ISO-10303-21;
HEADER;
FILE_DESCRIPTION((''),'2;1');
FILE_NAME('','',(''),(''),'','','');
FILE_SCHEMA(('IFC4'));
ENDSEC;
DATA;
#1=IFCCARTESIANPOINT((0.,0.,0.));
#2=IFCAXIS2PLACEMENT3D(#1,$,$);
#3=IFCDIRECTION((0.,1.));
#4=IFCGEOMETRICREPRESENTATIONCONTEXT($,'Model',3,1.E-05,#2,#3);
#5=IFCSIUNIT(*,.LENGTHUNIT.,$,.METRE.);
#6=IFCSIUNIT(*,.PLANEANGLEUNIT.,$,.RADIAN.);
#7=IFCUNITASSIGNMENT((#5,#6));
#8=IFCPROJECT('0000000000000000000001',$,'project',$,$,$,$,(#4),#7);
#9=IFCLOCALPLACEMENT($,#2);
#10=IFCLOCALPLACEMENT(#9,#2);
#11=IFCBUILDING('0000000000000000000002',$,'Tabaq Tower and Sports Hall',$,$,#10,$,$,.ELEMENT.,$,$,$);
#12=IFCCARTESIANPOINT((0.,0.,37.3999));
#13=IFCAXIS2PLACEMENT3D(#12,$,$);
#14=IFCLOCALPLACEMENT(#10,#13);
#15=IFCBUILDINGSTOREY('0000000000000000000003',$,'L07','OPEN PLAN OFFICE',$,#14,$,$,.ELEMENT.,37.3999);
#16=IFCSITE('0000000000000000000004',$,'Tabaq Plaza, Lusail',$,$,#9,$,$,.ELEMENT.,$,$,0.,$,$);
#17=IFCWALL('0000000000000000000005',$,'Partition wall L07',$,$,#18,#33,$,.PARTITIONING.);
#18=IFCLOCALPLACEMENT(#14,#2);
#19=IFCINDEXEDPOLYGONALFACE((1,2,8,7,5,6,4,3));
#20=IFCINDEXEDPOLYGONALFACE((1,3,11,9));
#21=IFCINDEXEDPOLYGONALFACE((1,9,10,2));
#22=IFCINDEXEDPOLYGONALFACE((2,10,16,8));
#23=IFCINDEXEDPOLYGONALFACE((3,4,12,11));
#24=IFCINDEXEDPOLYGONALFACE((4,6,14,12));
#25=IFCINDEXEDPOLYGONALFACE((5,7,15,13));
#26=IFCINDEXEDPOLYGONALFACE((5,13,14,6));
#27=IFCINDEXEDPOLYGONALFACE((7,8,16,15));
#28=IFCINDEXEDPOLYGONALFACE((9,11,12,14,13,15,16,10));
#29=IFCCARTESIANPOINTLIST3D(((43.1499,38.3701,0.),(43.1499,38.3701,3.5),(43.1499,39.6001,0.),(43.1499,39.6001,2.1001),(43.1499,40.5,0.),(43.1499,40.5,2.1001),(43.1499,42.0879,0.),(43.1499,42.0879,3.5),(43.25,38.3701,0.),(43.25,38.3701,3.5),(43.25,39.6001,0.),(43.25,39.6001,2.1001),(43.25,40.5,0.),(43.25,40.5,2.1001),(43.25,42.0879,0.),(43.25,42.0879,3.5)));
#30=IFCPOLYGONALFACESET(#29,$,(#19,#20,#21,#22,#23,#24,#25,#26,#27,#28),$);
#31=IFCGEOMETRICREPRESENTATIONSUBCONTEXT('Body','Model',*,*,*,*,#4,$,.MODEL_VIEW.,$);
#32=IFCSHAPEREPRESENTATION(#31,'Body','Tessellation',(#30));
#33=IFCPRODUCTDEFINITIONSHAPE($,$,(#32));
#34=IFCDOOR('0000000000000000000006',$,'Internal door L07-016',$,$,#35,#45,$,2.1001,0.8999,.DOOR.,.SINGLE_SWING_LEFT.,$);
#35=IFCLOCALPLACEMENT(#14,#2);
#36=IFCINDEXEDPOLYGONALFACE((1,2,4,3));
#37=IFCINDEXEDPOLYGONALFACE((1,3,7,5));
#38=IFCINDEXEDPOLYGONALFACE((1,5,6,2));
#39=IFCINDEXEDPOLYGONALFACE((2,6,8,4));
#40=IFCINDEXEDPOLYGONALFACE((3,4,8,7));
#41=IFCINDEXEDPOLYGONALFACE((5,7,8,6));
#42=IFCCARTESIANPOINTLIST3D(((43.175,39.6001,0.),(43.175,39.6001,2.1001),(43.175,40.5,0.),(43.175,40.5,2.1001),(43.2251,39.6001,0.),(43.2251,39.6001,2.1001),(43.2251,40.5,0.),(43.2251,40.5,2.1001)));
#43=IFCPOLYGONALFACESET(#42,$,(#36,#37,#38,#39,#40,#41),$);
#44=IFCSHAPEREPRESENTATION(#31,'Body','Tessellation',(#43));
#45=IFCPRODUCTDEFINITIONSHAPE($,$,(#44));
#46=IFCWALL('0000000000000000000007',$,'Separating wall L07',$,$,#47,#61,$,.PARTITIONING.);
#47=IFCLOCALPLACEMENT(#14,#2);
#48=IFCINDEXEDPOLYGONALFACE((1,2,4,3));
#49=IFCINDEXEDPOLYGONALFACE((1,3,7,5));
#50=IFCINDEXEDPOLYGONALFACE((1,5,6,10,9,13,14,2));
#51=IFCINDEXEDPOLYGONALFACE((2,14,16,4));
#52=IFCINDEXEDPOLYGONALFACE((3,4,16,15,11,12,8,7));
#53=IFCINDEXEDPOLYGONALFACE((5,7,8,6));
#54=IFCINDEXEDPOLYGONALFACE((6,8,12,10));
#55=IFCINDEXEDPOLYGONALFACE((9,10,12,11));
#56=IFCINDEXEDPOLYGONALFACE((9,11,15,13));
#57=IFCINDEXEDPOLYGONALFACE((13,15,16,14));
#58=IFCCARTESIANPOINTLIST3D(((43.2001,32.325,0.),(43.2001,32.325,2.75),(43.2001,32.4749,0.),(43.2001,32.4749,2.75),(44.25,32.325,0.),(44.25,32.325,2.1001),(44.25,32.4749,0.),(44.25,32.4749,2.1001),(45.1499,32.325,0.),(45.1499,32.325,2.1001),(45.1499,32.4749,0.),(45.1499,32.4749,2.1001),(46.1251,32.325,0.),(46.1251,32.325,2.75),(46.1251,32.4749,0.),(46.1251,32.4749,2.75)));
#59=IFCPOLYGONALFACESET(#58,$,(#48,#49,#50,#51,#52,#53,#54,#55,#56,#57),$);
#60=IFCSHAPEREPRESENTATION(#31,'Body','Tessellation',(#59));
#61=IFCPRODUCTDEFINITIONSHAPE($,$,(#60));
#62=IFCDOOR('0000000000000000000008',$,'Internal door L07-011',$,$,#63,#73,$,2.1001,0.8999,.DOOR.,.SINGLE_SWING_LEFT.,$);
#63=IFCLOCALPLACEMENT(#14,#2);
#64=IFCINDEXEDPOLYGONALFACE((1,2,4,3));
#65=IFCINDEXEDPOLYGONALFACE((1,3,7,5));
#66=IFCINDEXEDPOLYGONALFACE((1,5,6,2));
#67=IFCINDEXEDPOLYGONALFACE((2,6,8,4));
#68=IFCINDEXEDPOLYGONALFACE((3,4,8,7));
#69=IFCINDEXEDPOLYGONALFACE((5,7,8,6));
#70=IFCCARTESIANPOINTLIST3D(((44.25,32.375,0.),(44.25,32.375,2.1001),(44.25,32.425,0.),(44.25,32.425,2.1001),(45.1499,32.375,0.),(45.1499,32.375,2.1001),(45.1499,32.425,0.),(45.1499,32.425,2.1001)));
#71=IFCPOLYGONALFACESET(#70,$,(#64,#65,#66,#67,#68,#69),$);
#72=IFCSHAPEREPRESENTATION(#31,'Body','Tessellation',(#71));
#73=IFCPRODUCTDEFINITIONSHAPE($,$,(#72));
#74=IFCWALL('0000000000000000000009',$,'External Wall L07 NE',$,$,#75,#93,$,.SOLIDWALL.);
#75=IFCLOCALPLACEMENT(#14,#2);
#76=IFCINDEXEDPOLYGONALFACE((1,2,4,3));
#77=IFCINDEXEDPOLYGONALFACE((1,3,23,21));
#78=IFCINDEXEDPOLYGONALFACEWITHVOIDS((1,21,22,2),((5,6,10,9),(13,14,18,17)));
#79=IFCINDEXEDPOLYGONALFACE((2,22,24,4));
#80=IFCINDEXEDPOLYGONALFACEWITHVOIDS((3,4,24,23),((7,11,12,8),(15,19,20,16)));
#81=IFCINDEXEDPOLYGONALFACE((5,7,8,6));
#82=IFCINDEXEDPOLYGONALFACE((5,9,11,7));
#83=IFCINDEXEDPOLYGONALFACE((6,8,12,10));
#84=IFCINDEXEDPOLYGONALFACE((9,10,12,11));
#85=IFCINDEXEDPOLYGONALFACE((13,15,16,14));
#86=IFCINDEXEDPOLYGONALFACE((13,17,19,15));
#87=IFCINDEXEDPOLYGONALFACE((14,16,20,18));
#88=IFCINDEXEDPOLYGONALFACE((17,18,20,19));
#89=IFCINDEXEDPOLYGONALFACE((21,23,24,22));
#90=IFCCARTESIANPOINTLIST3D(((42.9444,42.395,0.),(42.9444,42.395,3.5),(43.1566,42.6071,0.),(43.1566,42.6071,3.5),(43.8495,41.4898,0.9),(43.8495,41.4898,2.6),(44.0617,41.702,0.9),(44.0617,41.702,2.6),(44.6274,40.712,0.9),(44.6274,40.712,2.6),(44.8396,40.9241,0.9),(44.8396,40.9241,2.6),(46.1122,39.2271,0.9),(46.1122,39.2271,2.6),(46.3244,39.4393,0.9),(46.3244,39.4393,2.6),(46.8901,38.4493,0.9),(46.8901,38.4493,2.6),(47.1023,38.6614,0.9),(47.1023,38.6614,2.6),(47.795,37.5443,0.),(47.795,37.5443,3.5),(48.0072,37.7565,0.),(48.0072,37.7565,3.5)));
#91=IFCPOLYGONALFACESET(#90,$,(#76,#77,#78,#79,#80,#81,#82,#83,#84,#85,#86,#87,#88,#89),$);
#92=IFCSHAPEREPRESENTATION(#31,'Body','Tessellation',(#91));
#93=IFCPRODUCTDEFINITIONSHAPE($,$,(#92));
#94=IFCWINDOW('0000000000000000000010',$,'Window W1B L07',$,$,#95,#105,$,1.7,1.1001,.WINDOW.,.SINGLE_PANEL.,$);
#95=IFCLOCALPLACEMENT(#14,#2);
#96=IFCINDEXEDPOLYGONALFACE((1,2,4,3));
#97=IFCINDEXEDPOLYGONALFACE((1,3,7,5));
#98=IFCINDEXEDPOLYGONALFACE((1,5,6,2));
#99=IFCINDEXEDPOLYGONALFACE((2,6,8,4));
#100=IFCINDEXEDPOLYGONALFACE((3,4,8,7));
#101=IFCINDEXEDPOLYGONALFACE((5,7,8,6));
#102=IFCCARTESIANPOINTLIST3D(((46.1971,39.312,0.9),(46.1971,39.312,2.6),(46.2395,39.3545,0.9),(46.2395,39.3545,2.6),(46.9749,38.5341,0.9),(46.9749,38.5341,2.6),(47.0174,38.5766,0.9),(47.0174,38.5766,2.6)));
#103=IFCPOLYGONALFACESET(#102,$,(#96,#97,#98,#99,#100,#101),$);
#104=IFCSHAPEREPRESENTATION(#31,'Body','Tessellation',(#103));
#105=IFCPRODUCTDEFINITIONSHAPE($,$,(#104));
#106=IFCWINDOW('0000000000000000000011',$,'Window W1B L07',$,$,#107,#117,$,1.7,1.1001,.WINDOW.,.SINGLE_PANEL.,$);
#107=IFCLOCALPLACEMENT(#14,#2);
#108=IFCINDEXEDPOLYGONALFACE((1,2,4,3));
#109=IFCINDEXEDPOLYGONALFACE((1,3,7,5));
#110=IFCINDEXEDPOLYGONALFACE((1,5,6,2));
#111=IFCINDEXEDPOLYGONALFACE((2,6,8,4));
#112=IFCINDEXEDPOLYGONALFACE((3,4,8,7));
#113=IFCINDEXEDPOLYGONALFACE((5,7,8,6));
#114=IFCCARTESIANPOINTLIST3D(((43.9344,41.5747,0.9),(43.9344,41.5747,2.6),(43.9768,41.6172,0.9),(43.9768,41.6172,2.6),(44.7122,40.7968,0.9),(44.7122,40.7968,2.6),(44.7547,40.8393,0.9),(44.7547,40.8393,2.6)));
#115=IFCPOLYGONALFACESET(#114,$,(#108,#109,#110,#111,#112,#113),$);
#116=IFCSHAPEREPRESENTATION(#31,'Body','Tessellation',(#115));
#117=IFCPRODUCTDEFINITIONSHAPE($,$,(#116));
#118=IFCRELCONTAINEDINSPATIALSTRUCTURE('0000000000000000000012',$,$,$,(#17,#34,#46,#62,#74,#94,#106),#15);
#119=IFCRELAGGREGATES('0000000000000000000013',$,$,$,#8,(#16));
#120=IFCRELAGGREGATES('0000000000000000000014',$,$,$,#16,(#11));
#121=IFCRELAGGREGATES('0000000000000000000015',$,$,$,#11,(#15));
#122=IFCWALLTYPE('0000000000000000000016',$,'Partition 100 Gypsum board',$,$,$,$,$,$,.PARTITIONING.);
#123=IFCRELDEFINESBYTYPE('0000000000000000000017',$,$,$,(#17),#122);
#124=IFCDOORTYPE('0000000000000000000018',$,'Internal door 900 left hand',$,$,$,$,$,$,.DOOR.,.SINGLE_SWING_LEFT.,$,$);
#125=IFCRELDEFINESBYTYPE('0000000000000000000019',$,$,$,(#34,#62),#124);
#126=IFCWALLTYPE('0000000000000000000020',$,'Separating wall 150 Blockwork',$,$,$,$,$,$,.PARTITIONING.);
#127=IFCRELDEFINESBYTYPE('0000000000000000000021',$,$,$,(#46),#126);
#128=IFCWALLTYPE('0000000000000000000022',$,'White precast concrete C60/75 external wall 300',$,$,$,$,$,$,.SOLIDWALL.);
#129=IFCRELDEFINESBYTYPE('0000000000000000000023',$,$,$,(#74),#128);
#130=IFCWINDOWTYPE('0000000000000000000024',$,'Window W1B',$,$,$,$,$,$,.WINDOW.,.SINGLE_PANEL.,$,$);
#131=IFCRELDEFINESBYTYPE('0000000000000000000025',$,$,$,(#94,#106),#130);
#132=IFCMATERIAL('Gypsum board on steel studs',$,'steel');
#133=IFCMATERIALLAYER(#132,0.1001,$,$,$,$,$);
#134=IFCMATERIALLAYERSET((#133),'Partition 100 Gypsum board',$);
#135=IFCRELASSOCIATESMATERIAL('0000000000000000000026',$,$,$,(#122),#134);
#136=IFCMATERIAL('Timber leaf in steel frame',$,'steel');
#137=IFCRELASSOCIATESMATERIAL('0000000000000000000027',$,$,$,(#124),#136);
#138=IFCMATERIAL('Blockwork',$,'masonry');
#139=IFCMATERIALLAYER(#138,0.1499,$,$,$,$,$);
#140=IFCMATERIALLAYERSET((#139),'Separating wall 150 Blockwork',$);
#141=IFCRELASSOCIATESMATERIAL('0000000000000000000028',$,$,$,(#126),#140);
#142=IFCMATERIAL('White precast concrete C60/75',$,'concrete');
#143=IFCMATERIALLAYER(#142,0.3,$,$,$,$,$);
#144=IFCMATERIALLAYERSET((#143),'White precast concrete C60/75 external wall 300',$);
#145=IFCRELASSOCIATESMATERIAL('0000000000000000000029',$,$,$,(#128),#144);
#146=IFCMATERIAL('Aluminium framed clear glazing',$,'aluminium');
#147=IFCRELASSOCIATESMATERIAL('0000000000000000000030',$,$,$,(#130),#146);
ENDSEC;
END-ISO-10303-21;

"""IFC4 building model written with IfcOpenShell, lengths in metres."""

from ifc_helpers import new_model, si_unit, direction, frame, frame_2d, origin, place, context, subcontext, project, spatial, rectangle, extrude, material, layer, layer_set, type_object, element, fill, save


model = new_model("IFC4")

# Units and contexts
model_context = context("Model", 3, precision=1e-05, world=origin(), true_north=direction((0.0, 1.0)))
body_context = subcontext(model_context, "Body", "Model", "MODEL_VIEW")
ifc_project = project(units=[si_unit("LENGTHUNIT", "METRE"), si_unit("PLANEANGLEUNIT", "RADIAN")], contexts=[model_context])

# Site, building, storey
site_placement = place(None, origin())
site = spatial("IfcSite", under=ifc_project, at=site_placement, Name="Tabaq Plaza, Lusail", CompositionType="ELEMENT", RefElevation=0.0)
building_placement = place(site_placement, origin())
building = spatial("IfcBuilding", under=site, at=building_placement, Name="Tabaq Tower and Sports Hall", CompositionType="ELEMENT")
storey_placement = place(building_placement, frame((0.0, 0.0, 37.3999)))
storey = spatial("IfcBuildingStorey", under=building, at=storey_placement, Name="L07", Description="OPEN PLAN OFFICE", CompositionType="ELEMENT", Elevation=37.3999)

# Shared definitions
ifc_material_1 = material(Name="Gypsum board on steel studs", Category="steel")
ifc_layer_1 = layer(ifc_material_1, 0.1001)
ifc_layer_set_1 = layer_set([ifc_layer_1], Name="Partition 100 Gypsum board")
wall_type_1 = type_object("IfcWallType", Name="Partition 100 Gypsum board", PredefinedType="PARTITIONING", material=ifc_layer_set_1)

# Walls, openings, doors
wall_1_placement = place(storey_placement, frame((43.2, 38.3701, 0.0), z_axis=(0.0, 0.0, 1.0), x_axis=(0.0, 1.0, 0.0)))
wall_1 = element("IfcWall", 1, at=wall_1_placement, inside=storey, type_object=wall_type_1, Name="Partition wall L07", PredefinedType="PARTITIONING", context=body_context, shape_type="SweptSolid", body=[
    extrude(rectangle(XDim=3.7178, YDim=0.1001, at=frame_2d((1.8589, 0.0))), origin(), (0.0, 0.0, 1.0), 3.5),
])
opening_1_placement = place(wall_1_placement, frame((1.23, 0.0, 0.0)))
opening_1 = element("IfcOpeningElement", 2, at=opening_1_placement, cuts=wall_1, PredefinedType="OPENING", context=body_context, shape_type="SweptSolid", body=[
    extrude(rectangle(XDim=0.8999, YDim=2.1001, at=frame_2d((0.45, 1.05))), frame((0.0, 0.05, 0.0), z_axis=(0.0, -1.0, 0.0), x_axis=(1.0, 0.0, 0.0)), (0.0, 0.0, 1.0), 0.1001),
])
ifc_material_2 = material(Name="Timber leaf in steel frame", Category="steel")
door_type_1 = type_object("IfcDoorType", Name="Internal door 900 left hand", OperationType="SINGLE_SWING_LEFT", PredefinedType="DOOR", material=ifc_material_2)
door_1_placement = place(opening_1_placement, origin())
door_1 = element("IfcDoor", 3, at=door_1_placement, inside=storey, type_object=door_type_1, Name="Internal door L07-016", OperationType="SINGLE_SWING_LEFT", OverallHeight=2.1001, OverallWidth=0.8999, PredefinedType="DOOR", context=body_context, shape_type="SweptSolid", body=[
    extrude(rectangle(XDim=0.8999, YDim=2.1001, at=frame_2d((0.45, 1.05))), frame((0.0, 0.0249, 0.0), z_axis=(0.0, -1.0, 0.0), x_axis=(1.0, 0.0, 0.0)), (0.0, 0.0, 1.0), 0.05),
])
fill(opening_1, door_1)
ifc_material_3 = material(Name="Blockwork", Category="masonry")
ifc_layer_2 = layer(ifc_material_3, 0.1499)
ifc_layer_set_2 = layer_set([ifc_layer_2], Name="Separating wall 150 Blockwork")
wall_type_2 = type_object("IfcWallType", Name="Separating wall 150 Blockwork", PredefinedType="PARTITIONING", material=ifc_layer_set_2)
wall_2_placement = place(storey_placement, frame((46.125, 32.3999, 0.0), z_axis=(0.0, 0.0, 1.0), x_axis=(-1.0, 0.0, 0.0)))
wall_2 = element("IfcWall", 4, at=wall_2_placement, inside=storey, type_object=wall_type_2, Name="Separating wall L07", PredefinedType="PARTITIONING", context=body_context, shape_type="SweptSolid", body=[
    extrude(rectangle(XDim=2.925, YDim=0.1499, at=frame_2d((1.4624, 0.0))), origin(), (0.0, 0.0, 1.0), 2.75),
])
opening_2_placement = place(wall_2_placement, frame((0.9751, 0.0, 0.0)))
opening_2 = element("IfcOpeningElement", 5, at=opening_2_placement, cuts=wall_2, PredefinedType="OPENING", context=body_context, shape_type="SweptSolid", body=[
    extrude(rectangle(XDim=0.8999, YDim=2.1001, at=frame_2d((0.45, 1.05))), frame((0.0, 0.075, 0.0), z_axis=(0.0, -1.0, 0.0), x_axis=(1.0, 0.0, 0.0)), (0.0, 0.0, 1.0), 0.1499),
])
door_2_placement = place(opening_2_placement, origin())
door_2 = element("IfcDoor", 6, at=door_2_placement, inside=storey, type_object=door_type_1, Name="Internal door L07-011", OperationType="SINGLE_SWING_LEFT", OverallHeight=2.1001, OverallWidth=0.8999, PredefinedType="DOOR", context=body_context, shape_type="SweptSolid", body=[
    extrude(rectangle(XDim=0.8999, YDim=2.1001, at=frame_2d((0.45, 1.05))), frame((0.0, 0.0249, 0.0), z_axis=(0.0, -1.0, 0.0), x_axis=(1.0, 0.0, 0.0)), (0.0, 0.0, 1.0), 0.05),
])
fill(opening_2, door_2)

# Wall, openings, windows
ifc_material_4 = material(Name="White precast concrete C60/75", Category="concrete")
ifc_layer_3 = layer(ifc_material_4, 0.3)
ifc_layer_set_3 = layer_set([ifc_layer_3], Name="White precast concrete C60/75 external wall 300")
wall_type_3 = type_object("IfcWallType", Name="White precast concrete C60/75 external wall 300", PredefinedType="SOLIDWALL", material=ifc_layer_set_3)
wall_3_placement = place(storey_placement, frame((47.9011, 37.6504, 0.0), z_axis=(0.0, 0.0, 1.0), x_axis=(-0.707107, 0.707107, 0.0)))
wall_3 = element("IfcWall", 7, at=wall_3_placement, inside=storey, type_object=wall_type_3, Name="External Wall L07 NE", PredefinedType="SOLIDWALL", context=body_context, shape_type="SweptSolid", body=[
    extrude(rectangle(XDim=6.8599, YDim=0.3, at=frame_2d((3.4299, 0.0))), origin(), (0.0, 0.0, 1.0), 3.5),
])
opening_3_placement = place(wall_3_placement, frame((1.2798, 0.0, 0.8999)))
opening_3 = element("IfcOpeningElement", 8, at=opening_3_placement, cuts=wall_3, PredefinedType="OPENING", context=body_context, shape_type="SweptSolid", body=[
    extrude(rectangle(XDim=1.1001, YDim=1.7, at=frame_2d((0.55, 0.8501))), frame((0.0, 0.1602, 0.0), z_axis=(0.0, -1.0, 0.0), x_axis=(1.0, 0.0, 0.0)), (0.0, 0.0, 1.0), 0.3201),
])
opening_4_placement = place(wall_3_placement, frame((4.4797, 0.0, 0.8999)))
opening_4 = element("IfcOpeningElement", 9, at=opening_4_placement, cuts=wall_3, PredefinedType="OPENING", context=body_context, shape_type="SweptSolid", body=[
    extrude(rectangle(XDim=1.1001, YDim=1.7, at=frame_2d((0.55, 0.8501))), frame((0.0, 0.1602, 0.0), z_axis=(0.0, -1.0, 0.0), x_axis=(1.0, 0.0, 0.0)), (0.0, 0.0, 1.0), 0.3201),
])
ifc_material_5 = material(Name="Aluminium framed clear glazing", Category="aluminium")
window_type_1 = type_object("IfcWindowType", Name="Window W1B", PartitioningType="SINGLE_PANEL", PredefinedType="WINDOW", material=ifc_material_5)
window_1_placement = place(opening_3_placement, origin())
window_1 = element("IfcWindow", 10, at=window_1_placement, inside=storey, type_object=window_type_1, Name="Window W1B L07", OverallHeight=1.7, OverallWidth=1.1001, PartitioningType="SINGLE_PANEL", PredefinedType="WINDOW", context=body_context, shape_type="SweptSolid", body=[
    extrude(rectangle(XDim=1.1001, YDim=1.7, at=frame_2d((0.55, 0.8501))), frame((0.0, 0.03, 0.0), z_axis=(0.0, -1.0, 0.0), x_axis=(1.0, 0.0, 0.0)), (0.0, 0.0, 1.0), 0.0601),
])
fill(opening_3, window_1)
window_2_placement = place(opening_4_placement, origin())
window_2 = element("IfcWindow", 11, at=window_2_placement, inside=storey, type_object=window_type_1, Name="Window W1B L07", OverallHeight=1.7, OverallWidth=1.1001, PartitioningType="SINGLE_PANEL", PredefinedType="WINDOW", context=body_context, shape_type="SweptSolid", body=[
    extrude(rectangle(XDim=1.1001, YDim=1.7, at=frame_2d((0.55, 0.8501))), frame((0.0, 0.03, 0.0), z_axis=(0.0, -1.0, 0.0), x_axis=(1.0, 0.0, 0.0)), (0.0, 0.0, 1.0), 0.0601),
])
fill(opening_4, window_2)

save(model, "model.ifc")
